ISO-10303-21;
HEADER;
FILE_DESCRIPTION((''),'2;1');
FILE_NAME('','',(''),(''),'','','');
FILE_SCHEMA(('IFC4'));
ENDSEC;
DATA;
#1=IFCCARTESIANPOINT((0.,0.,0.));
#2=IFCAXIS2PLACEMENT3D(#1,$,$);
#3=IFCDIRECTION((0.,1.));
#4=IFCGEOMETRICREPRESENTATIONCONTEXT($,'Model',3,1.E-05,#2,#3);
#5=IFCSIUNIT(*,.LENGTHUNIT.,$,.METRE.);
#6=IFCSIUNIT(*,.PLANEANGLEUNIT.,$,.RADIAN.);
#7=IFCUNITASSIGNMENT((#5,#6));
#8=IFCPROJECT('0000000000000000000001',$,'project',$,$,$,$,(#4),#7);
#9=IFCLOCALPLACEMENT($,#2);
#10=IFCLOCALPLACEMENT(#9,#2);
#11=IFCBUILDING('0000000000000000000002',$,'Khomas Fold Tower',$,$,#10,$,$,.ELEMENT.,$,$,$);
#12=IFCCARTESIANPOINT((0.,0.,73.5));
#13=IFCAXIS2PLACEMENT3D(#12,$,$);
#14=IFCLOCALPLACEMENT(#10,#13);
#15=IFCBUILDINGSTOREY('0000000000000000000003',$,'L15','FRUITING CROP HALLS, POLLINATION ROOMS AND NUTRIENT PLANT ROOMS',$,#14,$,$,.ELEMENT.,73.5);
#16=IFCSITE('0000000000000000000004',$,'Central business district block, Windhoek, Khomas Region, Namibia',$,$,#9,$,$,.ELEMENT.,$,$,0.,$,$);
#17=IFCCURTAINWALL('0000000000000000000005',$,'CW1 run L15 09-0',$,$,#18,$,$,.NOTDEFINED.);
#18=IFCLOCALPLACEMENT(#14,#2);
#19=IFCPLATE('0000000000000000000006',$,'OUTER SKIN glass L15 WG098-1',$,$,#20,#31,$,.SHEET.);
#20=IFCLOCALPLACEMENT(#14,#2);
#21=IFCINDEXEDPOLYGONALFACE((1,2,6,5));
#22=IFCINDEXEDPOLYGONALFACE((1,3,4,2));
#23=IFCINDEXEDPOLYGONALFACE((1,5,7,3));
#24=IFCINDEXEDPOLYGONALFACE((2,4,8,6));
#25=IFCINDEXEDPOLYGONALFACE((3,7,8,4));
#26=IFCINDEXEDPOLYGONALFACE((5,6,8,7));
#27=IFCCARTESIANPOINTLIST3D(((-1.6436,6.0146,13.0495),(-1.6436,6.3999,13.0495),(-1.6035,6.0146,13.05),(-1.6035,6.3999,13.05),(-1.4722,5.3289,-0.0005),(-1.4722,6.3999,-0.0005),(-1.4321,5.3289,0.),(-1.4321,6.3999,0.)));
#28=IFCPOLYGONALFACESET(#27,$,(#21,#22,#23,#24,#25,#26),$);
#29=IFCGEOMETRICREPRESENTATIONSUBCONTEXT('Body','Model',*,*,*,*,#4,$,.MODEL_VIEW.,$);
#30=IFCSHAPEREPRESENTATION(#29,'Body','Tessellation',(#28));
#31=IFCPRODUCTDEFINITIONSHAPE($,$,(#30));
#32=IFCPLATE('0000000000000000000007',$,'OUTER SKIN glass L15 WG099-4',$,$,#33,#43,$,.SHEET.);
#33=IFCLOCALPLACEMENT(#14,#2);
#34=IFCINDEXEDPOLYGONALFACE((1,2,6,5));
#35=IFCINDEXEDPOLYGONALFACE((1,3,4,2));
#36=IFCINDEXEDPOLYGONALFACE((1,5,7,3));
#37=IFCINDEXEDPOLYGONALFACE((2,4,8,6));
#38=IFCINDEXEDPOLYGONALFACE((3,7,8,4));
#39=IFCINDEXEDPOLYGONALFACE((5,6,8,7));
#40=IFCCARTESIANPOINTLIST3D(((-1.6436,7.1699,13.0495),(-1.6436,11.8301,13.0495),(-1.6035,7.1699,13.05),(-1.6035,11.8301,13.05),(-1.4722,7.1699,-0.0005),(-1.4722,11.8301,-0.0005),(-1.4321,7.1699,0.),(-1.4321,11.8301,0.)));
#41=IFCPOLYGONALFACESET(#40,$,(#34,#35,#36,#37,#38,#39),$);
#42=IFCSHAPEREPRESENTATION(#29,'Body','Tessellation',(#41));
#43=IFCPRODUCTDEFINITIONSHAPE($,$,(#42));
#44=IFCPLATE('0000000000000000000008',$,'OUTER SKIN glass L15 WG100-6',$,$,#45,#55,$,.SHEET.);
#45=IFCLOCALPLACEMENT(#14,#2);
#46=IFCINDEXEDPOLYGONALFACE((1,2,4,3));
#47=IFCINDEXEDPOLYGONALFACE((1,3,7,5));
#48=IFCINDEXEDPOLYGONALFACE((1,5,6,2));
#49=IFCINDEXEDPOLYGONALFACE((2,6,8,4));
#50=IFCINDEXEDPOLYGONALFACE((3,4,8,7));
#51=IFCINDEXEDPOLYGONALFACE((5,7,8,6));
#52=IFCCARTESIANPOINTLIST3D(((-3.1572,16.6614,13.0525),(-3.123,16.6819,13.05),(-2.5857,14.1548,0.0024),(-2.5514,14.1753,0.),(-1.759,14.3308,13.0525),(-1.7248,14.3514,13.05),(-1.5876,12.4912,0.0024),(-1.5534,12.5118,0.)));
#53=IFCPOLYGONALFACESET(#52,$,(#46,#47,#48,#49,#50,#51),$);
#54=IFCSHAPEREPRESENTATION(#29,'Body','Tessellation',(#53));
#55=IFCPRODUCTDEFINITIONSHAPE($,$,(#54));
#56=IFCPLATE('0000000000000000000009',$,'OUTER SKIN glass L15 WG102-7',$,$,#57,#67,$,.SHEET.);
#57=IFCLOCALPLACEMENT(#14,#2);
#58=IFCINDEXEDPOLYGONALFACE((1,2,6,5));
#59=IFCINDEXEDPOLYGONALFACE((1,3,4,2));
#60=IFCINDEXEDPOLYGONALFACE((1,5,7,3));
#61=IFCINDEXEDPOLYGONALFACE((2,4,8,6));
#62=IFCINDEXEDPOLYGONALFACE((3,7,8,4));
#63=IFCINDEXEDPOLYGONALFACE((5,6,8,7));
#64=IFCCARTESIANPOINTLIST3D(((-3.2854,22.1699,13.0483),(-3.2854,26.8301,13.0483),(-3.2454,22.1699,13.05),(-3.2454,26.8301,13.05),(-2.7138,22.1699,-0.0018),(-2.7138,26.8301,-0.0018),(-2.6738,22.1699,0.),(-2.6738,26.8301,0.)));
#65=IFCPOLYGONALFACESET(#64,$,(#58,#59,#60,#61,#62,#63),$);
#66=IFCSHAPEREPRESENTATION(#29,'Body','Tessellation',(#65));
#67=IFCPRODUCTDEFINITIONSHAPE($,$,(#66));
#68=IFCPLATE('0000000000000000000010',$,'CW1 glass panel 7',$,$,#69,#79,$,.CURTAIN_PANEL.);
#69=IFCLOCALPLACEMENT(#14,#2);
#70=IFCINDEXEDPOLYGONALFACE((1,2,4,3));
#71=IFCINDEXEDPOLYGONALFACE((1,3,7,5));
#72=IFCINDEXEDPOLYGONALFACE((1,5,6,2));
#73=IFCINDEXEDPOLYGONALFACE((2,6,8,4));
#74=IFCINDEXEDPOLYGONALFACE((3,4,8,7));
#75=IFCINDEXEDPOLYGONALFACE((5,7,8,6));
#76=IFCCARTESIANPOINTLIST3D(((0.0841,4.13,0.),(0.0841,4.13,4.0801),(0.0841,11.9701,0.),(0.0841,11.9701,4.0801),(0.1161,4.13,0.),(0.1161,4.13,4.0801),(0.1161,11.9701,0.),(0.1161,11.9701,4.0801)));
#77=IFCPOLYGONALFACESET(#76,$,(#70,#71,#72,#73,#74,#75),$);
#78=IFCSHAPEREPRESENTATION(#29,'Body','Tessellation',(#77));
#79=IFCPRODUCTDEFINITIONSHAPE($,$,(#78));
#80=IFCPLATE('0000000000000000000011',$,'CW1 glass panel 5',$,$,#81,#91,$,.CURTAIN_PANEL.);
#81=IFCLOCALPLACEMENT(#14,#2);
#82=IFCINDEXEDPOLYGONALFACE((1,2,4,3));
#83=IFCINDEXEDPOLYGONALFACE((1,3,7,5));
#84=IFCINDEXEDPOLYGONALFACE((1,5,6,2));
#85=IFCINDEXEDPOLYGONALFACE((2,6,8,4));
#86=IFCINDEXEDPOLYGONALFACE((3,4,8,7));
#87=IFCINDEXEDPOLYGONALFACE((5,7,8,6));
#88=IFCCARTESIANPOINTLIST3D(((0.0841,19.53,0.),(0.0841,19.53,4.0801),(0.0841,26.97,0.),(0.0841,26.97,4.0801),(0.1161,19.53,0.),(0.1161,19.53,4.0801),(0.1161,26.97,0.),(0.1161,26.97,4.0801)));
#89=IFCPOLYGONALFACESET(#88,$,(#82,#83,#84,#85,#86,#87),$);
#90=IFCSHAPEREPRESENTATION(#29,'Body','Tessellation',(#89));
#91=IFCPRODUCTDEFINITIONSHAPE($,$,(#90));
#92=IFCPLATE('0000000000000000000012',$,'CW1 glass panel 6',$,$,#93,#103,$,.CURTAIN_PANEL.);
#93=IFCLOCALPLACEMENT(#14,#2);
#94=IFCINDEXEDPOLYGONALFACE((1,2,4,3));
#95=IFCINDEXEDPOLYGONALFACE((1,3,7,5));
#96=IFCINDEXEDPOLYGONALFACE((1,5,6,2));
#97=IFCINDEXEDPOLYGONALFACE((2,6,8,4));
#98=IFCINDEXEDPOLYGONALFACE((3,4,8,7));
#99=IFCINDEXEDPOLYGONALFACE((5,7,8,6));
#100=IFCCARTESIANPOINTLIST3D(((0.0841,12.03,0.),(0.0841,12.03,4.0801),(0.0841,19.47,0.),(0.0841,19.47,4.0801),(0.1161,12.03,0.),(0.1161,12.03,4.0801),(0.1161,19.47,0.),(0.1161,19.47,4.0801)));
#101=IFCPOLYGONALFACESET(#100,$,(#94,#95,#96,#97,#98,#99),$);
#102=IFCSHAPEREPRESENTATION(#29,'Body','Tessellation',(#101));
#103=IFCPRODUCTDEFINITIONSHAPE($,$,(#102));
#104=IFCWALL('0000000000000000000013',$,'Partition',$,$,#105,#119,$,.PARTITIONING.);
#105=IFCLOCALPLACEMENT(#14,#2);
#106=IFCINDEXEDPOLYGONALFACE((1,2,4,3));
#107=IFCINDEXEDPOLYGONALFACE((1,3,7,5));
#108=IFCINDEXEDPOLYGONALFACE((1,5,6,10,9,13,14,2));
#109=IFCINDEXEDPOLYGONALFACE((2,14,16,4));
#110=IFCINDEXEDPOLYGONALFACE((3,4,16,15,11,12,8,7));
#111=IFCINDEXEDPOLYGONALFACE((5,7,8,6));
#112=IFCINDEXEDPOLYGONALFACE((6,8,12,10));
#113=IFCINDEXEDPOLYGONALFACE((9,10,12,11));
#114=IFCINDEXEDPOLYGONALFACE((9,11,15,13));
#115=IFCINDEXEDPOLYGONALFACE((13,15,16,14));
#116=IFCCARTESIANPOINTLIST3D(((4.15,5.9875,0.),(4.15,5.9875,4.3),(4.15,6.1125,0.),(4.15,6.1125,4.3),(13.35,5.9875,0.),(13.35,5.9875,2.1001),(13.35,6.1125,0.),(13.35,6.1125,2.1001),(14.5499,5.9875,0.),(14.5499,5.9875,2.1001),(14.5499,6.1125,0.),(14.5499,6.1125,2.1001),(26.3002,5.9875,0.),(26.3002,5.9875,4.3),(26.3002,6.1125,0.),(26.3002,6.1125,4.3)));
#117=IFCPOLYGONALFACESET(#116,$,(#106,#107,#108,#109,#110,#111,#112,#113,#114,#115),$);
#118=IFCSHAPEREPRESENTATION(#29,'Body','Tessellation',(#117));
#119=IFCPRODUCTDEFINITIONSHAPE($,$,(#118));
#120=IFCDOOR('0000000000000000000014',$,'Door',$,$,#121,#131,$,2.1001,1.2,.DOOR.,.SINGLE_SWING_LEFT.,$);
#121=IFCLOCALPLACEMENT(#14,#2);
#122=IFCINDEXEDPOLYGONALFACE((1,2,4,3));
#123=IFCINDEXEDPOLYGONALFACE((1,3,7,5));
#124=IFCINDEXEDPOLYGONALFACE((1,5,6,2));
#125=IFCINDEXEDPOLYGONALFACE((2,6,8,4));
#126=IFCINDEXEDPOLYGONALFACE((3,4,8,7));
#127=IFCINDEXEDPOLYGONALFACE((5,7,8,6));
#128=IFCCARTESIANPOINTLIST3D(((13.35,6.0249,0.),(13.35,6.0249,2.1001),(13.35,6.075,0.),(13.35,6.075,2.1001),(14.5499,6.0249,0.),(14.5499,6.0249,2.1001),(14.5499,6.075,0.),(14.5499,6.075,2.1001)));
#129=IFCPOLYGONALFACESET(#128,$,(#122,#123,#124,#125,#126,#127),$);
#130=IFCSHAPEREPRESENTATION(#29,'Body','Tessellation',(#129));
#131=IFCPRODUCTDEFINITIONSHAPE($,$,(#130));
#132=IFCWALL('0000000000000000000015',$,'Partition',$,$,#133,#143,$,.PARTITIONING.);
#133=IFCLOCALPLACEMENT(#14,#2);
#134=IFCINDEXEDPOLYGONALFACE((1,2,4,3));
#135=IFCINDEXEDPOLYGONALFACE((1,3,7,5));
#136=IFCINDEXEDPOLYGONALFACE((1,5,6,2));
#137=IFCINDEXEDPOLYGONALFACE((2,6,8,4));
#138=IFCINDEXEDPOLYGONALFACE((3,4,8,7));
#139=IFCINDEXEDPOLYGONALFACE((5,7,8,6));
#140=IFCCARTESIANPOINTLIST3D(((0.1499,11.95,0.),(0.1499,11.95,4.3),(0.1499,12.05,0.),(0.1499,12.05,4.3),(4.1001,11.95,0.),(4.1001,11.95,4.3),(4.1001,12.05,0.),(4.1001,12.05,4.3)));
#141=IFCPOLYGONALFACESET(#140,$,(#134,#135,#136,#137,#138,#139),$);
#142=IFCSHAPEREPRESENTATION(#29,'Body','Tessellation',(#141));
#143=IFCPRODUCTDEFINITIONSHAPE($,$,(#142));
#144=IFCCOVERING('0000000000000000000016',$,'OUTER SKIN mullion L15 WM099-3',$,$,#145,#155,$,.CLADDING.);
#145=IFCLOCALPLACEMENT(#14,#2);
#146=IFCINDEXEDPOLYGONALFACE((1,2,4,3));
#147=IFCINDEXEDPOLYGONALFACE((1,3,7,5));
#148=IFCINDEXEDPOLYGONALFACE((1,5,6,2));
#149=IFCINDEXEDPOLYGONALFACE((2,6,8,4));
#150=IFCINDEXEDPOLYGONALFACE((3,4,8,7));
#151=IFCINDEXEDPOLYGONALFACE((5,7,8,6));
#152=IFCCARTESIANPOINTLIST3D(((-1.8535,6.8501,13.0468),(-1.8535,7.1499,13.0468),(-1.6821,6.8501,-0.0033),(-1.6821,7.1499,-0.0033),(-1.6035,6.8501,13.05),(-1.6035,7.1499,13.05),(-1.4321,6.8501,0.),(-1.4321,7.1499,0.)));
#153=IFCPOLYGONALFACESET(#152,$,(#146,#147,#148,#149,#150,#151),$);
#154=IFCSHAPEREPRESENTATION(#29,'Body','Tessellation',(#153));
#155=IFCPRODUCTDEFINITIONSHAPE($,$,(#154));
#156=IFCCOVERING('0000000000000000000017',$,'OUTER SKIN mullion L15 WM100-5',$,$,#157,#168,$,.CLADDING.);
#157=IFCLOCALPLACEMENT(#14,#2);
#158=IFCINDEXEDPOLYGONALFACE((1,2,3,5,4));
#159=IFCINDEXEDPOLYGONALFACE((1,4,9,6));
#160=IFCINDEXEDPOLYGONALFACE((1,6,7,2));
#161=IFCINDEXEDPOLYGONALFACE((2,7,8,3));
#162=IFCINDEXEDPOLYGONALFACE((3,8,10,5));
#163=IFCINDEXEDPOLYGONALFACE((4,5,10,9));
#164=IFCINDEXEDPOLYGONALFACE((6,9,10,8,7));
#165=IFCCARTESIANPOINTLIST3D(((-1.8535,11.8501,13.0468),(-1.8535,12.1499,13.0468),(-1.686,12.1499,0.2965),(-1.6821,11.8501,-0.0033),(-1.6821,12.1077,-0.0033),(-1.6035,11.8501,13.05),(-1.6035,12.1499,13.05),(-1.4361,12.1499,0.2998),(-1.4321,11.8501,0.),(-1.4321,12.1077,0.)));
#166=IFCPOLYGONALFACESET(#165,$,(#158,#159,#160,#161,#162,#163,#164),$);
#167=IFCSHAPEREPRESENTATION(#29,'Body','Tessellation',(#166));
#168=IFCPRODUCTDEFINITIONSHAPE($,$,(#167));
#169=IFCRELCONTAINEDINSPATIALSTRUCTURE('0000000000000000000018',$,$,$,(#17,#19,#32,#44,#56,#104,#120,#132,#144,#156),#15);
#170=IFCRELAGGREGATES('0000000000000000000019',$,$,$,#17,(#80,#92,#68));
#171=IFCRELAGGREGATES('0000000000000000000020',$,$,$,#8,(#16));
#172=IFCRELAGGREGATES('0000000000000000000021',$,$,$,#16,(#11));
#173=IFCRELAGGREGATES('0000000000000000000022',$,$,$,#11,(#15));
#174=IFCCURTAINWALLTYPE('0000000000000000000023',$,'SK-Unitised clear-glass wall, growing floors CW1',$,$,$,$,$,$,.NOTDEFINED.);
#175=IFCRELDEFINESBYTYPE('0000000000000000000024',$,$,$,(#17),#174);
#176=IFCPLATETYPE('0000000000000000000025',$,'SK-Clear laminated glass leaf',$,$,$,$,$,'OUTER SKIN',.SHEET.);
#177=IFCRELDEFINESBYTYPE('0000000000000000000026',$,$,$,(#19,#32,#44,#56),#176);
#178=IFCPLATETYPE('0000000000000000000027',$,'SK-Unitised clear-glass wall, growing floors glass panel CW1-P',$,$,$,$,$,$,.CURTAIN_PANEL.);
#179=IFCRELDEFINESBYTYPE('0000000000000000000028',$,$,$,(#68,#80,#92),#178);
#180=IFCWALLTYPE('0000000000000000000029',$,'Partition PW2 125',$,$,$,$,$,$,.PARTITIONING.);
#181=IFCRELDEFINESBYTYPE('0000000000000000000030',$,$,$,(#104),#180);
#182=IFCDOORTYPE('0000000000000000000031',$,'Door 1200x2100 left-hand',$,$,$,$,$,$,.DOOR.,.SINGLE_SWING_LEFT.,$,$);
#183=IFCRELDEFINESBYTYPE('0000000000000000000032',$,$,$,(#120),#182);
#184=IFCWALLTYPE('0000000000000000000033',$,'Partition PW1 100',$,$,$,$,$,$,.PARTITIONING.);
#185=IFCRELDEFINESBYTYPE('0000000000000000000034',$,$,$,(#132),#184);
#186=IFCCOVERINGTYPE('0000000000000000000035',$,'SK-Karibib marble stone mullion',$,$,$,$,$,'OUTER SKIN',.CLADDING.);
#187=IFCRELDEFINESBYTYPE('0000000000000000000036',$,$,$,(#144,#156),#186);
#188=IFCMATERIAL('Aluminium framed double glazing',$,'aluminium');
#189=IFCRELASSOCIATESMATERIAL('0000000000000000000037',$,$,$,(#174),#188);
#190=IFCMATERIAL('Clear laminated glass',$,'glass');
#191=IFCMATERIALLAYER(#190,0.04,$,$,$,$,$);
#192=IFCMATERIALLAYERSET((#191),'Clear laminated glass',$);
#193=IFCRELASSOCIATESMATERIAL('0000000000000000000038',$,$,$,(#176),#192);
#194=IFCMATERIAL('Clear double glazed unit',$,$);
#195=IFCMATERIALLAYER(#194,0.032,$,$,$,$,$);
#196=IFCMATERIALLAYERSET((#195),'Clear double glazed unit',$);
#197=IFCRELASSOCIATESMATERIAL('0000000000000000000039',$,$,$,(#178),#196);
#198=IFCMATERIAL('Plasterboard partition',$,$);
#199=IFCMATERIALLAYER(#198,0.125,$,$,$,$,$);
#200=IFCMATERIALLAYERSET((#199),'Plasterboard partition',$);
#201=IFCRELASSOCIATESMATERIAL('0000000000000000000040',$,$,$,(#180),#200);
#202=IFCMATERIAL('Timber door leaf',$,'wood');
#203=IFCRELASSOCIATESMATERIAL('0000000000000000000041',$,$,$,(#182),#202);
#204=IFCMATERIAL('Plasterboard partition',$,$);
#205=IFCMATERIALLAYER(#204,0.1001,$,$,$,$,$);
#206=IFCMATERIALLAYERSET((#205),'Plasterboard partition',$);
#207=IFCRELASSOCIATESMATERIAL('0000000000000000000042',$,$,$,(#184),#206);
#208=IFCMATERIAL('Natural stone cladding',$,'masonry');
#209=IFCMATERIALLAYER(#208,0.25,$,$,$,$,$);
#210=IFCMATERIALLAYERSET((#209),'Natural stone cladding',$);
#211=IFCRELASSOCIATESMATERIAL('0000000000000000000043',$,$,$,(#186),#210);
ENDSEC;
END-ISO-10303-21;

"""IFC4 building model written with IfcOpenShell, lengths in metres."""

from ifc_helpers import new_model, si_unit, direction, frame, frame_2d, origin, origin_2d, place, context, subcontext, project, spatial, polyline, rectangle, outline, extrude, source, transform, mapped, material, layer, layer_set, type_object, element, fill, aggregate, save


model = new_model("IFC4")

# Units and contexts
model_context = context("Model", 3, precision=1e-05, world=origin(), true_north=direction((0.0, 1.0)))
body_context = subcontext(model_context, "Body", "Model", "MODEL_VIEW")
ifc_project = project(units=[si_unit("LENGTHUNIT", "METRE"), si_unit("PLANEANGLEUNIT", "RADIAN")], contexts=[model_context])

# Site, building, storey
site_placement = place(None, origin())
site = spatial("IfcSite", under=ifc_project, at=site_placement, Name="Central business district block, Windhoek, Khomas Region, Namibia", CompositionType="ELEMENT", RefElevation=0.0)
building_placement = place(site_placement, origin())
building = spatial("IfcBuilding", under=site, at=building_placement, Name="Khomas Fold Tower", CompositionType="ELEMENT")
storey_placement = place(building_placement, frame((0.0, 0.0, 73.5)))
storey = spatial("IfcBuildingStorey", under=building, at=storey_placement, Name="L15", Description="FRUITING CROP HALLS, POLLINATION ROOMS AND NUTRIENT PLANT ROOMS", CompositionType="ELEMENT", Elevation=73.5)

# Curtain wall
ifc_material_1 = material(Name="Aluminium framed double glazing", Category="aluminium")
curtain_wall_type = type_object("IfcCurtainWallType", Name="SK-Unitised clear-glass wall, growing floors CW1", PredefinedType="NOTDEFINED", material=ifc_material_1)
curtain_wall_placement = place(storey_placement, origin())
curtain_wall = element("IfcCurtainWall", 1, at=curtain_wall_placement, inside=storey, type_object=curtain_wall_type, Name="CW1 run L15 09-0", PredefinedType="NOTDEFINED")

# Plates
ifc_material_2 = material(Name="Clear laminated glass", Category="glass")
ifc_layer_1 = layer(ifc_material_2, 0.04)
ifc_layer_set_1 = layer_set([ifc_layer_1], Name="Clear laminated glass")
plate_type_1 = type_object("IfcPlateType", Name="SK-Clear laminated glass leaf", ElementType="OUTER SKIN", PredefinedType="SHEET", material=ifc_layer_set_1)
plate_1_placement = place(storey_placement, frame((-1.4321, 6.3999, 0.0), z_axis=(0.999914, 0.0, 0.013132), x_axis=(0.0, -1.0, 0.0)))
element("IfcPlate", 2, at=plate_1_placement, inside=storey, type_object=plate_type_1, Name="OUTER SKIN glass L15 WG098-1", PredefinedType="SHEET", context=body_context, shape_type="SweptSolid", body=[
    extrude(outline(polyline([(0.0, 0.0), (1.071, 0.0), (0.3853, -13.0512), (0.0, -13.0512), (0.0, 0.0)])), origin(), (0.0, 0.0, -1.0), 0.04),
])
plate_2_placement = place(storey_placement, frame((-1.4321, 7.1699, 0.0), z_axis=(0.999914, 0.0, 0.013132), x_axis=(-0.013132, 0.0, 0.999914)))
element("IfcPlate", 3, at=plate_2_placement, inside=storey, type_object=plate_type_1, Name="OUTER SKIN glass L15 WG099-4", PredefinedType="SHEET", context=body_context, shape_type="SweptSolid", body=[
    extrude(outline(polyline([(0.0, 0.0), (13.0512, 0.0), (13.0512, -4.6602), (0.0, -4.6602), (0.0, 0.0)])), origin(), (0.0, 0.0, -1.0), 0.04),
])
plate_3_placement = place(storey_placement, frame((-2.5857, 14.1548, 0.0024), z_axis=(-0.855912, -0.513495, 0.061144), x_axis=(0.514457, -0.857516, 0.0)))
element("IfcPlate", 4, at=plate_3_placement, inside=storey, type_object=plate_type_1, Name="OUTER SKIN glass L15 WG100-6", PredefinedType="SHEET", context=body_context, shape_type="SweptSolid", body=[
    extrude(outline(polyline([(0.0, 0.0), (1.94, 0.0), (0.2743, 13.0745), (-2.4435, 13.0745), (0.0, 0.0)])), origin(), (0.0, 0.0, -1.0), 0.04),
])
plate_4_placement = place(storey_placement, frame((-2.6738, 22.1699, 0.0), z_axis=(0.999042, 0.0, 0.043754), x_axis=(-0.043754, 0.0, 0.999042)))
element("IfcPlate", 5, at=plate_4_placement, inside=storey, type_object=plate_type_1, Name="OUTER SKIN glass L15 WG102-7", PredefinedType="SHEET", context=body_context, shape_type="SweptSolid", body=[
    extrude(outline(polyline([(0.0, 0.0), (13.0626, 0.0), (13.0626, -4.6602), (0.0, -4.6602), (0.0, 0.0)])), origin(), (0.0, 0.0, -1.0), 0.04),
])

# Plates
ifc_material_3 = material(Name="Clear double glazed unit")
ifc_layer_2 = layer(ifc_material_3, 0.032)
ifc_layer_set_2 = layer_set([ifc_layer_2], Name="Clear double glazed unit")
plate_type_2 = type_object("IfcPlateType", Name="SK-Unitised clear-glass wall, growing floors glass panel CW1-P", PredefinedType="CURTAIN_PANEL", material=ifc_layer_set_2)
shared_shape_1 = source(origin(), body_context, "Body", "SweptSolid", [
    extrude(rectangle(XDim=7.8401, YDim=0.032, at=origin_2d()), origin(), (0.0, 0.0, 1.0), 4.0801),
])
plate_5_placement = place(storey_placement, frame((0.1001, 8.05, 0.0), z_axis=(0.0, 0.0, 1.0), x_axis=(0.0, -1.0, 0.0)))
plate_5 = element("IfcPlate", 6, at=plate_5_placement, type_object=plate_type_2, Name="CW1 glass panel 7", PredefinedType="CURTAIN_PANEL", context=body_context, shape_type="MappedRepresentation", body=[
    mapped(shared_shape_1, transform((0.0, 0.0, 0.0))),
])
shared_shape_2 = source(origin(), body_context, "Body", "SweptSolid", [
    extrude(rectangle(XDim=7.4399, YDim=0.032, at=origin_2d()), origin(), (0.0, 0.0, 1.0), 4.0801),
])
plate_6_placement = place(storey_placement, frame((0.1001, 23.25, 0.0), z_axis=(0.0, 0.0, 1.0), x_axis=(0.0, -1.0, 0.0)))
plate_6 = element("IfcPlate", 7, at=plate_6_placement, type_object=plate_type_2, Name="CW1 glass panel 5", PredefinedType="CURTAIN_PANEL", context=body_context, shape_type="MappedRepresentation", body=[
    mapped(shared_shape_2, transform((0.0, 0.0, 0.0))),
])
plate_7_placement = place(storey_placement, frame((0.1001, 15.75, 0.0), z_axis=(0.0, 0.0, 1.0), x_axis=(0.0, -1.0, 0.0)))
plate_7 = element("IfcPlate", 8, at=plate_7_placement, type_object=plate_type_2, Name="CW1 glass panel 6", PredefinedType="CURTAIN_PANEL", context=body_context, shape_type="MappedRepresentation", body=[
    mapped(shared_shape_2, transform((0.0, 0.0, 0.0))),
])
aggregate(curtain_wall, [plate_6, plate_7, plate_5])

# Wall, opening, door
ifc_material_4 = material(Name="Plasterboard partition")
ifc_layer_3 = layer(ifc_material_4, 0.125)
ifc_layer_set_3 = layer_set([ifc_layer_3], Name="Plasterboard partition")
wall_type_1 = type_object("IfcWallType", Name="Partition PW2 125", PredefinedType="PARTITIONING", material=ifc_layer_set_3)
shared_shape_3 = source(origin(), body_context, "Body", "SweptSolid", [
    extrude(rectangle(XDim=22.1501, YDim=0.125, at=frame_2d((11.0752, 0.0))), origin(), (0.0, 0.0, 1.0), 4.3),
])
wall_1_placement = place(storey_placement, frame((4.1499, 6.05, 0.0), z_axis=(0.0, 0.0, 1.0), x_axis=(1.0, 0.0, 0.0)))
wall_1 = element("IfcWall", 9, at=wall_1_placement, inside=storey, type_object=wall_type_1, Name="Partition", PredefinedType="PARTITIONING", context=body_context, shape_type="MappedRepresentation", body=[
    mapped(shared_shape_3, transform((0.0, 0.0, 0.0))),
])
shared_shape_4 = source(origin(), body_context, "Body", "SweptSolid", [
    extrude(rectangle(XDim=1.2, YDim=2.1001, at=frame_2d((0.6001, 1.05))), frame((0.0, 0.0725, 0.0), z_axis=(0.0, -1.0, 0.0), x_axis=(1.0, 0.0, 0.0)), (0.0, 0.0, 1.0), 0.145),
])
opening_placement = place(wall_1_placement, frame((9.2, 0.0, 0.0)))
opening = element("IfcOpeningElement", 10, at=opening_placement, cuts=wall_1, PredefinedType="OPENING", context=body_context, shape_type="MappedRepresentation", body=[
    mapped(shared_shape_4, transform((0.0, 0.0, 0.0))),
])
ifc_material_5 = material(Name="Timber door leaf", Category="wood")
door_type = type_object("IfcDoorType", Name="Door 1200x2100 left-hand", OperationType="SINGLE_SWING_LEFT", PredefinedType="DOOR", material=ifc_material_5)
shared_shape_5 = source(origin(), body_context, "Body", "SweptSolid", [
    extrude(rectangle(XDim=1.2, YDim=2.1001, at=frame_2d((0.6001, 1.05))), frame((0.0, 0.0249, 0.0), z_axis=(0.0, -1.0, 0.0), x_axis=(1.0, 0.0, 0.0)), (0.0, 0.0, 1.0), 0.05),
])
door_placement = place(opening_placement, origin())
door = element("IfcDoor", 11, at=door_placement, inside=storey, type_object=door_type, Name="Door", OperationType="SINGLE_SWING_LEFT", OverallHeight=2.1001, OverallWidth=1.2, PredefinedType="DOOR", context=body_context, shape_type="MappedRepresentation", body=[
    mapped(shared_shape_5, transform((0.0, 0.0, 0.0))),
])
fill(opening, door)

# Wall
ifc_material_6 = material(Name="Plasterboard partition")
ifc_layer_4 = layer(ifc_material_6, 0.1001)
ifc_layer_set_4 = layer_set([ifc_layer_4], Name="Plasterboard partition")
wall_type_2 = type_object("IfcWallType", Name="Partition PW1 100", PredefinedType="PARTITIONING", material=ifc_layer_set_4)
shared_shape_6 = source(origin(), body_context, "Body", "SweptSolid", [
    extrude(rectangle(XDim=3.9502, YDim=0.1001, at=frame_2d((1.9751, 0.0))), origin(), (0.0, 0.0, 1.0), 4.3),
])
wall_2_placement = place(storey_placement, frame((0.1499, 12.0, 0.0), z_axis=(0.0, 0.0, 1.0), x_axis=(1.0, 0.0, 0.0)))
element("IfcWall", 12, at=wall_2_placement, inside=storey, type_object=wall_type_2, Name="Partition", PredefinedType="PARTITIONING", context=body_context, shape_type="MappedRepresentation", body=[
    mapped(shared_shape_6, transform((0.0, 0.0, 0.0))),
])

# Coverings
ifc_material_7 = material(Name="Natural stone cladding", Category="masonry")
ifc_layer_5 = layer(ifc_material_7, 0.25)
ifc_layer_set_5 = layer_set([ifc_layer_5], Name="Natural stone cladding")
covering_type_1 = type_object("IfcCoveringType", Name="SK-Karibib marble stone mullion", ElementType="OUTER SKIN", PredefinedType="CLADDING", material=ifc_layer_set_5)
covering_1_placement = place(storey_placement, frame((-1.4321, 6.8501, 0.0), z_axis=(0.999914, 0.0, 0.013132), x_axis=(-0.013132, 0.0, 0.999914)))
element("IfcCovering", 13, at=covering_1_placement, inside=storey, type_object=covering_type_1, Name="OUTER SKIN mullion L15 WM099-3", PredefinedType="CLADDING", context=body_context, shape_type="SweptSolid", body=[
    extrude(outline(polyline([(0.0, 0.0), (13.0512, 0.0), (13.0512, -0.2998), (0.0, -0.2998), (0.0, 0.0)])), origin(), (0.0, 0.0, -1.0), 0.25),
])
covering_2_placement = place(storey_placement, frame((-1.4321, 12.1077, 0.0), z_axis=(0.999914, -0.000052, 0.013132), x_axis=(-0.000052, -1.0, -0.000001)))
element("IfcCovering", 14, at=covering_2_placement, inside=storey, type_object=covering_type_1, Name="OUTER SKIN mullion L15 WM100-5", PredefinedType="CLADDING", context=body_context, shape_type="SweptSolid", body=[
    extrude(outline(polyline([(0.0, 0.0), (0.2576, 0.0), (0.2576, -13.0512), (-0.0422, -13.0512), (-0.0422, -0.2998), (0.0, 0.0)])), origin(), (0.0, 0.0, -1.0), 0.25),
])

save(model, "model.ifc")
